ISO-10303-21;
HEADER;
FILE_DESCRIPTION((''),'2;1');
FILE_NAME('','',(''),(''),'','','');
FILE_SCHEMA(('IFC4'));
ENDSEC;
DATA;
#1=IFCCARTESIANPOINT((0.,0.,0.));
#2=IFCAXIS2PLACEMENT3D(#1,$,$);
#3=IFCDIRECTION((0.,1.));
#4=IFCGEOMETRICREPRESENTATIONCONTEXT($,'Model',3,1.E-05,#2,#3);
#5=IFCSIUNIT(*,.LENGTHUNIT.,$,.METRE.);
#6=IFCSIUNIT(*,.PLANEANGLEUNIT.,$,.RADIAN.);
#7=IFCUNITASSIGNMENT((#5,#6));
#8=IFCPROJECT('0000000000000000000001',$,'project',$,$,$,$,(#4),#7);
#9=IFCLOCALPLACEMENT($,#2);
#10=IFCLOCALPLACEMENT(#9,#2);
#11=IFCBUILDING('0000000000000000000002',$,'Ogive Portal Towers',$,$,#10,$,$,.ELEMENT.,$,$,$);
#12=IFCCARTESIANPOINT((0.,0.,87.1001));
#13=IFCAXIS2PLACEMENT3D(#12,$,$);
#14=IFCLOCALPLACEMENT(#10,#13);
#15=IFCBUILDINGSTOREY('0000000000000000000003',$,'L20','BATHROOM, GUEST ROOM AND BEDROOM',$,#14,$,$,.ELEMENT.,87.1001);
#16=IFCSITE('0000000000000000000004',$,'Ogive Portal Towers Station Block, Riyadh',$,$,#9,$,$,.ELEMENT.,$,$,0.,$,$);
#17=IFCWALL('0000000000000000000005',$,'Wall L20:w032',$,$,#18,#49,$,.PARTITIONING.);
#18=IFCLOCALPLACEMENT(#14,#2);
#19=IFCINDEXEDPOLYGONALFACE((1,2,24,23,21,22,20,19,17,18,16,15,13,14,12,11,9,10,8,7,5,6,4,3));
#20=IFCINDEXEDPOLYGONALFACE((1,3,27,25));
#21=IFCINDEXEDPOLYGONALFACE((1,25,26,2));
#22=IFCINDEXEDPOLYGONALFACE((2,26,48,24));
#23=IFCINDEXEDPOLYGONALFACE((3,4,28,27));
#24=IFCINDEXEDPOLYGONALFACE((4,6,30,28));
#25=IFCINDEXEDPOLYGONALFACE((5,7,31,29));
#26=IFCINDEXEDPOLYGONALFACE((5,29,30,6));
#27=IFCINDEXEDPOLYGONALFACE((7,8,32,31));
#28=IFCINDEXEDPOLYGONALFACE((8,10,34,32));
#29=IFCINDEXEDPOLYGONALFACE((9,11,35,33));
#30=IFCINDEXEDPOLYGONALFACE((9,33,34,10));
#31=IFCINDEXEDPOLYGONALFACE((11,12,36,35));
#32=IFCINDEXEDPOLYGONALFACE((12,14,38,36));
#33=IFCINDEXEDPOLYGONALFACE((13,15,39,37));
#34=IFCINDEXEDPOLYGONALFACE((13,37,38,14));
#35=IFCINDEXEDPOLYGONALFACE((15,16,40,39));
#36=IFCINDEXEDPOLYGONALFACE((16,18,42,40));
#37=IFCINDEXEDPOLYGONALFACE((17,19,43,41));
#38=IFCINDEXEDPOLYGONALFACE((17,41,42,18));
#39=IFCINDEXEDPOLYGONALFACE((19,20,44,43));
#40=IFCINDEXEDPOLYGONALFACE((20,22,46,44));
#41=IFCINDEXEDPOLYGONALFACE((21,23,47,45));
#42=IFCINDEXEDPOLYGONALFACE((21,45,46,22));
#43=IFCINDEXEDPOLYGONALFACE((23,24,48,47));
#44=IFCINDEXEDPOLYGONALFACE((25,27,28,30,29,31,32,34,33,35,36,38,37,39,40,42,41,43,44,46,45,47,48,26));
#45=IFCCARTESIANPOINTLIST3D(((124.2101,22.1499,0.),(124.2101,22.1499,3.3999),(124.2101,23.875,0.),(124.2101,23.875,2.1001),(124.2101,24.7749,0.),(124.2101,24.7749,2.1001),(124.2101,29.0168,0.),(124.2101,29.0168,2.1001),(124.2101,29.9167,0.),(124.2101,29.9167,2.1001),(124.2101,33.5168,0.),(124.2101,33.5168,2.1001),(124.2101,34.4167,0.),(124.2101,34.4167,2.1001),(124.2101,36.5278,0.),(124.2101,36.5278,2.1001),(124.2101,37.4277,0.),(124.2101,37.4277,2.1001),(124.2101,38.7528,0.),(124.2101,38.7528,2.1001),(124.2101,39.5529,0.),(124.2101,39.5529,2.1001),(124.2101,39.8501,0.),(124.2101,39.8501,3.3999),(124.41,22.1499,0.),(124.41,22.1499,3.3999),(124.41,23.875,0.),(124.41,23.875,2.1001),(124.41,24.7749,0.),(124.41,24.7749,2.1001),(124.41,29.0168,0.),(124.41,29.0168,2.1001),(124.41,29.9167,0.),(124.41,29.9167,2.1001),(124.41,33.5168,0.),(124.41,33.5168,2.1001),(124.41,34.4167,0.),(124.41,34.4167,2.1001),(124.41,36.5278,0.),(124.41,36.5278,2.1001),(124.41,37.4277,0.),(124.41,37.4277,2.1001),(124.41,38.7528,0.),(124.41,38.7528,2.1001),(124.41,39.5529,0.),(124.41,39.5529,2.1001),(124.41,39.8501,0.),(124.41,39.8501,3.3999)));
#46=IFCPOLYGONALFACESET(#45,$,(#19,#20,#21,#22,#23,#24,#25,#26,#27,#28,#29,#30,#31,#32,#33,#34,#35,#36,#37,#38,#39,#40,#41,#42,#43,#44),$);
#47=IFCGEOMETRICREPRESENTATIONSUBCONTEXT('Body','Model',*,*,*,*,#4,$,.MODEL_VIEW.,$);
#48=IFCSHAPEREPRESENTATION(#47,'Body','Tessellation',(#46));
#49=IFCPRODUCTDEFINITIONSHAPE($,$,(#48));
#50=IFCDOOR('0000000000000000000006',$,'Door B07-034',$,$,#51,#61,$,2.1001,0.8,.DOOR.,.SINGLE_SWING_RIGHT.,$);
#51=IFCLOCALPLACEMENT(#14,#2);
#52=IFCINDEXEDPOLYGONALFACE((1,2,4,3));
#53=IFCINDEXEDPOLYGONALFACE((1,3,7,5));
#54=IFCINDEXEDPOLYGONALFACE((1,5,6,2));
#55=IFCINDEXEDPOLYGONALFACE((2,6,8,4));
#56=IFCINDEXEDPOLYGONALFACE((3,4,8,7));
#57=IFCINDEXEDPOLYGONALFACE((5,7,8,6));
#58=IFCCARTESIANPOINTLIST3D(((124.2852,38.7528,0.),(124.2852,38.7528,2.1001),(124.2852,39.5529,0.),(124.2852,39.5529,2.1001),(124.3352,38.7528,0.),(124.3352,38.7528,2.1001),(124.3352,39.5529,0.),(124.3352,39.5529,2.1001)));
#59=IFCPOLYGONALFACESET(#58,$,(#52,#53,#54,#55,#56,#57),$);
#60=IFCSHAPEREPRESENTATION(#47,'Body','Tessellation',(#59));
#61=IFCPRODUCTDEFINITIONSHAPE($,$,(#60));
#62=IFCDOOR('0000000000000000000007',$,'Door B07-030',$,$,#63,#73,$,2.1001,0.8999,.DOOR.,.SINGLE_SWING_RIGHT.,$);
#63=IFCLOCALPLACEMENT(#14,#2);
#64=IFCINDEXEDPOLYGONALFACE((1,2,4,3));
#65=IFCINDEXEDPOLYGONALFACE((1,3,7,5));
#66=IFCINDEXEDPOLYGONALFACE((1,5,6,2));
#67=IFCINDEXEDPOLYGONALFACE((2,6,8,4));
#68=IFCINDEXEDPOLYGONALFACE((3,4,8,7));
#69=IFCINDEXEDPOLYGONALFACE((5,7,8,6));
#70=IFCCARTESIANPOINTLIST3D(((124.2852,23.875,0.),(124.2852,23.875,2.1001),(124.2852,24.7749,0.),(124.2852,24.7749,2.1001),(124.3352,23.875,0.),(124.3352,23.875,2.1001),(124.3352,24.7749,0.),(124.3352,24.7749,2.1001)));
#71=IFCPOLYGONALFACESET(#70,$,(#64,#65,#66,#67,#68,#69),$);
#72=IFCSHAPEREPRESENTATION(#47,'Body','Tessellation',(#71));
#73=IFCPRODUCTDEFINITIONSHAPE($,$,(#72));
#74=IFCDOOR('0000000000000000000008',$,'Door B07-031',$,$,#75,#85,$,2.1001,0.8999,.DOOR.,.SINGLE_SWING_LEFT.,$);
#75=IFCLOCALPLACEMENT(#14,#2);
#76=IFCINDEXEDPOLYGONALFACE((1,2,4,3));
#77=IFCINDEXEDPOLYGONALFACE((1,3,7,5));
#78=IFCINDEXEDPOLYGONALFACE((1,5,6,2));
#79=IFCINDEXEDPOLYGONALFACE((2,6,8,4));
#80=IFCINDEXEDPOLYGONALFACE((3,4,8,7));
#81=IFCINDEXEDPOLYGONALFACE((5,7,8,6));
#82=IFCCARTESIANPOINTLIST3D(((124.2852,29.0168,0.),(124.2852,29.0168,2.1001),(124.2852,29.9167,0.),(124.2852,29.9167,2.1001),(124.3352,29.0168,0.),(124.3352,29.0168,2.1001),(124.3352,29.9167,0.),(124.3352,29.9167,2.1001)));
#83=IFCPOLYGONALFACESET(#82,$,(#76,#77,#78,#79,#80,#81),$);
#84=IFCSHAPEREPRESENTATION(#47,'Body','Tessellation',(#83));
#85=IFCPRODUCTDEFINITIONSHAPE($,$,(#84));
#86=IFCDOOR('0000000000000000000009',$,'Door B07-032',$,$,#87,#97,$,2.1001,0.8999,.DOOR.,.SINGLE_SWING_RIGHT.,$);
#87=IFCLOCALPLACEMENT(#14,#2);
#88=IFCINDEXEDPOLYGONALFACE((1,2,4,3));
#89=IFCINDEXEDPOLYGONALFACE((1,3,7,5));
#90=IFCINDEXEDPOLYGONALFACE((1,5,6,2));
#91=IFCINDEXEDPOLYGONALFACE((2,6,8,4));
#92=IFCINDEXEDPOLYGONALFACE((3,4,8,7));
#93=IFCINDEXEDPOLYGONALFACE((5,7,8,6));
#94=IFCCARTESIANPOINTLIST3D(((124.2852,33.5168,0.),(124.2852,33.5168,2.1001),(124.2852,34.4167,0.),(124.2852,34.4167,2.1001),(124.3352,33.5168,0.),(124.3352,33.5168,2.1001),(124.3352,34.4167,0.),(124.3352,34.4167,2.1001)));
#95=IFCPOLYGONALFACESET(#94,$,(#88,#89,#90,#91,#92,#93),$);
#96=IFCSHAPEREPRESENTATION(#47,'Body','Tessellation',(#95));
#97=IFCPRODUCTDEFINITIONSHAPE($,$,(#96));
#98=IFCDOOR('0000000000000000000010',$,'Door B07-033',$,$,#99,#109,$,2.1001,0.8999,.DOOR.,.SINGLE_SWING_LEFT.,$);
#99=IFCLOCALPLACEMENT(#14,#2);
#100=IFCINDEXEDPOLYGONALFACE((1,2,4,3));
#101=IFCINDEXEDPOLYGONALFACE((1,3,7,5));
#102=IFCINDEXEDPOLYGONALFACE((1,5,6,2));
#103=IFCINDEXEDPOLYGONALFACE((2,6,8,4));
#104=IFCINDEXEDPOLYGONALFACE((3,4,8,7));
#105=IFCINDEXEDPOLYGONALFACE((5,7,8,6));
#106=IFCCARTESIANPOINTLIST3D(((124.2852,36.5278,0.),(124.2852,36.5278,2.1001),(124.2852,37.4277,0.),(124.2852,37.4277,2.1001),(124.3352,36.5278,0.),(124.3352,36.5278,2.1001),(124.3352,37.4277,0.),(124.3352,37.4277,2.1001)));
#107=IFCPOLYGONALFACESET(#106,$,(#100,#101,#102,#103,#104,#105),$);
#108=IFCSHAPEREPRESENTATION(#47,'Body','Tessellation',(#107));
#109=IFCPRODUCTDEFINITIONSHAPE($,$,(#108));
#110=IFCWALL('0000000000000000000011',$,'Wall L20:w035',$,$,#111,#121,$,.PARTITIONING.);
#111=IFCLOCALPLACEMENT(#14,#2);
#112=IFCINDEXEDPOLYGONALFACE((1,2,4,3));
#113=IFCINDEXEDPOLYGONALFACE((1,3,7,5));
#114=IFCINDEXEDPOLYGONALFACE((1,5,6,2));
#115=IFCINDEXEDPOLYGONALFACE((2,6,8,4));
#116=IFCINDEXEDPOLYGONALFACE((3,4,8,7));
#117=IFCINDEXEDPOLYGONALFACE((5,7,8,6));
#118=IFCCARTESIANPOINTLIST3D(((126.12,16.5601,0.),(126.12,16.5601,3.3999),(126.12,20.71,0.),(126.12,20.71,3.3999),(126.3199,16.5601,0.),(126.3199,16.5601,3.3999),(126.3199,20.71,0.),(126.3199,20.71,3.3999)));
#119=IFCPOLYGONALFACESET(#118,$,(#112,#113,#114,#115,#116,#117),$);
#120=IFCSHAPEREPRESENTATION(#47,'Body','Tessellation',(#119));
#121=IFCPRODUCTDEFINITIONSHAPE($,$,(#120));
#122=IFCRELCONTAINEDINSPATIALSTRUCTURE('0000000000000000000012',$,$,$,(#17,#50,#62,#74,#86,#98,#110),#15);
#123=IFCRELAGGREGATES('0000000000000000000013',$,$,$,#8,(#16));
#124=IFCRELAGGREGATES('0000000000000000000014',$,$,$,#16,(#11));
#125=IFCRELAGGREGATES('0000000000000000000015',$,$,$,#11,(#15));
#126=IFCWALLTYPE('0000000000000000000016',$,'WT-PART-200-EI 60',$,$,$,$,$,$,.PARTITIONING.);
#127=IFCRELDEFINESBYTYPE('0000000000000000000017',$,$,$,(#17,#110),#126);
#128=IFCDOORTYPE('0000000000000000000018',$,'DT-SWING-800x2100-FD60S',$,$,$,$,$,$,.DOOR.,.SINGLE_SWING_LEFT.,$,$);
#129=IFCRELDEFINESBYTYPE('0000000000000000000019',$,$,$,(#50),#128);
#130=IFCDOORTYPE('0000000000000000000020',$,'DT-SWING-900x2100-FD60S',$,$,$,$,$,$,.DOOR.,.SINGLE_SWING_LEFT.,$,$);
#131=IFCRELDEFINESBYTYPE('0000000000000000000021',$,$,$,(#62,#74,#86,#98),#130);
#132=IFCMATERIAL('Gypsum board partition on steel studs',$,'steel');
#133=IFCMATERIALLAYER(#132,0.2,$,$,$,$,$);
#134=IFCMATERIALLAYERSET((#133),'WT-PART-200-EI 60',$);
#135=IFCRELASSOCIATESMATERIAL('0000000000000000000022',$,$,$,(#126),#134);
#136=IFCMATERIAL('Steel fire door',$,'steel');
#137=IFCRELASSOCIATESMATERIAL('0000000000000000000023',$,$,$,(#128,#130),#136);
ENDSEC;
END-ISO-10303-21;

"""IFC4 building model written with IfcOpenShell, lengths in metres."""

from ifc_helpers import new_model, si_unit, direction, frame, frame_2d, origin, place, context, subcontext, project, spatial, rectangle, extrude, material, layer, layer_set, type_object, element, fill, save


model = new_model("IFC4")

# Units and contexts
model_context = context("Model", 3, precision=1e-05, world=origin(), true_north=direction((0.0, 1.0)))
body_context = subcontext(model_context, "Body", "Model", "MODEL_VIEW")
ifc_project = project(units=[si_unit("LENGTHUNIT", "METRE"), si_unit("PLANEANGLEUNIT", "RADIAN")], contexts=[model_context])

# Site, building, storey
site_placement = place(None, origin())
site = spatial("IfcSite", under=ifc_project, at=site_placement, Name="Ogive Portal Towers Station Block, Riyadh", CompositionType="ELEMENT", RefElevation=0.0)
building_placement = place(site_placement, origin())
building = spatial("IfcBuilding", under=site, at=building_placement, Name="Ogive Portal Towers", CompositionType="ELEMENT")
storey_placement = place(building_placement, frame((0.0, 0.0, 87.1001)))
storey = spatial("IfcBuildingStorey", under=building, at=storey_placement, Name="L20", Description="BATHROOM, GUEST ROOM AND BEDROOM", CompositionType="ELEMENT", Elevation=87.1001)

# Shared definitions
ifc_material_1 = material(Name="Steel fire door", Category="steel")

# Wall, openings, doors
ifc_material_2 = material(Name="Gypsum board partition on steel studs", Category="steel")
ifc_layer_1 = layer(ifc_material_2, 0.2)
ifc_layer_set_1 = layer_set([ifc_layer_1], Name="WT-PART-200-EI 60")
wall_type_1 = type_object("IfcWallType", Name="WT-PART-200-EI 60", PredefinedType="PARTITIONING", material=ifc_layer_set_1)
door_type_1 = type_object("IfcDoorType", Name="DT-SWING-800x2100-FD60S", OperationType="SINGLE_SWING_LEFT", PredefinedType="DOOR", material=ifc_material_1)
door_type_2 = type_object("IfcDoorType", Name="DT-SWING-900x2100-FD60S", OperationType="SINGLE_SWING_LEFT", PredefinedType="DOOR", material=ifc_material_1)
wall_1_placement = place(storey_placement, frame((124.3101, 22.1499, 0.0), z_axis=(0.0, 0.0, 1.0), x_axis=(0.0, 1.0, 0.0)))
wall_1 = element("IfcWall", 1, at=wall_1_placement, inside=storey, type_object=wall_type_1, Name="Wall L20:w032", PredefinedType="PARTITIONING", context=body_context, shape_type="SweptSolid", body=[
    extrude(rectangle(XDim=17.7002, YDim=0.2, at=frame_2d((8.8501, 0.0))), origin(), (0.0, 0.0, 1.0), 3.3999),
])
opening_1_placement = place(wall_1_placement, frame((1.7251, 0.0, 0.0)))
opening_1 = element("IfcOpeningElement", 2, at=opening_1_placement, cuts=wall_1, PredefinedType="OPENING", context=body_context, shape_type="SweptSolid", body=[
    extrude(rectangle(XDim=0.8999, YDim=2.1001, at=frame_2d((0.45, 1.05))), frame((0.0, 0.1099, 0.0), z_axis=(0.0, -1.0, 0.0), x_axis=(1.0, 0.0, 0.0)), (0.0, 0.0, 1.0), 0.22),
])
opening_2_placement = place(wall_1_placement, frame((6.8669, 0.0, 0.0)))
opening_2 = element("IfcOpeningElement", 3, at=opening_2_placement, cuts=wall_1, PredefinedType="OPENING", context=body_context, shape_type="SweptSolid", body=[
    extrude(rectangle(XDim=0.8999, YDim=2.1001, at=frame_2d((0.45, 1.05))), frame((0.0, 0.1099, 0.0), z_axis=(0.0, -1.0, 0.0), x_axis=(1.0, 0.0, 0.0)), (0.0, 0.0, 1.0), 0.22),
])
opening_3_placement = place(wall_1_placement, frame((11.3669, 0.0, 0.0)))
opening_3 = element("IfcOpeningElement", 4, at=opening_3_placement, cuts=wall_1, PredefinedType="OPENING", context=body_context, shape_type="SweptSolid", body=[
    extrude(rectangle(XDim=0.8999, YDim=2.1001, at=frame_2d((0.45, 1.05))), frame((0.0, 0.1099, 0.0), z_axis=(0.0, -1.0, 0.0), x_axis=(1.0, 0.0, 0.0)), (0.0, 0.0, 1.0), 0.22),
])
opening_4_placement = place(wall_1_placement, frame((14.3779, 0.0, 0.0)))
opening_4 = element("IfcOpeningElement", 5, at=opening_4_placement, cuts=wall_1, PredefinedType="OPENING", context=body_context, shape_type="SweptSolid", body=[
    extrude(rectangle(XDim=0.8999, YDim=2.1001, at=frame_2d((0.45, 1.05))), frame((0.0, 0.1099, 0.0), z_axis=(0.0, -1.0, 0.0), x_axis=(1.0, 0.0, 0.0)), (0.0, 0.0, 1.0), 0.22),
])
opening_5_placement = place(wall_1_placement, frame((16.603, 0.0, 0.0)))
opening_5 = element("IfcOpeningElement", 6, at=opening_5_placement, cuts=wall_1, PredefinedType="OPENING", context=body_context, shape_type="SweptSolid", body=[
    extrude(rectangle(XDim=0.8, YDim=2.1001, at=frame_2d((0.3999, 1.05))), frame((0.0, 0.1099, 0.0), z_axis=(0.0, -1.0, 0.0), x_axis=(1.0, 0.0, 0.0)), (0.0, 0.0, 1.0), 0.22),
])
door_1_placement = place(opening_5_placement, origin())
door_1 = element("IfcDoor", 7, at=door_1_placement, inside=storey, type_object=door_type_1, Name="Door B07-034", OperationType="SINGLE_SWING_RIGHT", OverallHeight=2.1001, OverallWidth=0.8, PredefinedType="DOOR", context=body_context, shape_type="SweptSolid", body=[
    extrude(rectangle(XDim=0.8, YDim=2.1001, at=frame_2d((0.3999, 1.05))), frame((0.0, 0.0249, 0.0), z_axis=(0.0, -1.0, 0.0), x_axis=(1.0, 0.0, 0.0)), (0.0, 0.0, 1.0), 0.05),
])
fill(opening_5, door_1)
door_2_placement = place(opening_1_placement, origin())
door_2 = element("IfcDoor", 8, at=door_2_placement, inside=storey, type_object=door_type_2, Name="Door B07-030", OperationType="SINGLE_SWING_RIGHT", OverallHeight=2.1001, OverallWidth=0.8999, PredefinedType="DOOR", context=body_context, shape_type="SweptSolid", body=[
    extrude(rectangle(XDim=0.8999, YDim=2.1001, at=frame_2d((0.45, 1.05))), frame((0.0, 0.0249, 0.0), z_axis=(0.0, -1.0, 0.0), x_axis=(1.0, 0.0, 0.0)), (0.0, 0.0, 1.0), 0.05),
])
fill(opening_1, door_2)
door_3_placement = place(opening_2_placement, origin())
door_3 = element("IfcDoor", 9, at=door_3_placement, inside=storey, type_object=door_type_2, Name="Door B07-031", OperationType="SINGLE_SWING_LEFT", OverallHeight=2.1001, OverallWidth=0.8999, PredefinedType="DOOR", context=body_context, shape_type="SweptSolid", body=[
    extrude(rectangle(XDim=0.8999, YDim=2.1001, at=frame_2d((0.45, 1.05))), frame((0.0, 0.0249, 0.0), z_axis=(0.0, -1.0, 0.0), x_axis=(1.0, 0.0, 0.0)), (0.0, 0.0, 1.0), 0.05),
])
fill(opening_2, door_3)
door_4_placement = place(opening_3_placement, origin())
door_4 = element("IfcDoor", 10, at=door_4_placement, inside=storey, type_object=door_type_2, Name="Door B07-032", OperationType="SINGLE_SWING_RIGHT", OverallHeight=2.1001, OverallWidth=0.8999, PredefinedType="DOOR", context=body_context, shape_type="SweptSolid", body=[
    extrude(rectangle(XDim=0.8999, YDim=2.1001, at=frame_2d((0.45, 1.05))), frame((0.0, 0.0249, 0.0), z_axis=(0.0, -1.0, 0.0), x_axis=(1.0, 0.0, 0.0)), (0.0, 0.0, 1.0), 0.05),
])
fill(opening_3, door_4)
door_5_placement = place(opening_4_placement, origin())
door_5 = element("IfcDoor", 11, at=door_5_placement, inside=storey, type_object=door_type_2, Name="Door B07-033", OperationType="SINGLE_SWING_LEFT", OverallHeight=2.1001, OverallWidth=0.8999, PredefinedType="DOOR", context=body_context, shape_type="SweptSolid", body=[
    extrude(rectangle(XDim=0.8999, YDim=2.1001, at=frame_2d((0.45, 1.05))), frame((0.0, 0.0249, 0.0), z_axis=(0.0, -1.0, 0.0), x_axis=(1.0, 0.0, 0.0)), (0.0, 0.0, 1.0), 0.05),
])
fill(opening_4, door_5)

# Wall
wall_2_placement = place(storey_placement, frame((126.22, 16.5601, 0.0), z_axis=(0.0, 0.0, 1.0), x_axis=(0.0, 1.0, 0.0)))
element("IfcWall", 12, at=wall_2_placement, inside=storey, type_object=wall_type_1, Name="Wall L20:w035", PredefinedType="PARTITIONING", context=body_context, shape_type="SweptSolid", body=[
    extrude(rectangle(XDim=4.1499, YDim=0.2, at=frame_2d((2.075, 0.0))), origin(), (0.0, 0.0, 1.0), 3.3999),
])

save(model, "model.ifc")
